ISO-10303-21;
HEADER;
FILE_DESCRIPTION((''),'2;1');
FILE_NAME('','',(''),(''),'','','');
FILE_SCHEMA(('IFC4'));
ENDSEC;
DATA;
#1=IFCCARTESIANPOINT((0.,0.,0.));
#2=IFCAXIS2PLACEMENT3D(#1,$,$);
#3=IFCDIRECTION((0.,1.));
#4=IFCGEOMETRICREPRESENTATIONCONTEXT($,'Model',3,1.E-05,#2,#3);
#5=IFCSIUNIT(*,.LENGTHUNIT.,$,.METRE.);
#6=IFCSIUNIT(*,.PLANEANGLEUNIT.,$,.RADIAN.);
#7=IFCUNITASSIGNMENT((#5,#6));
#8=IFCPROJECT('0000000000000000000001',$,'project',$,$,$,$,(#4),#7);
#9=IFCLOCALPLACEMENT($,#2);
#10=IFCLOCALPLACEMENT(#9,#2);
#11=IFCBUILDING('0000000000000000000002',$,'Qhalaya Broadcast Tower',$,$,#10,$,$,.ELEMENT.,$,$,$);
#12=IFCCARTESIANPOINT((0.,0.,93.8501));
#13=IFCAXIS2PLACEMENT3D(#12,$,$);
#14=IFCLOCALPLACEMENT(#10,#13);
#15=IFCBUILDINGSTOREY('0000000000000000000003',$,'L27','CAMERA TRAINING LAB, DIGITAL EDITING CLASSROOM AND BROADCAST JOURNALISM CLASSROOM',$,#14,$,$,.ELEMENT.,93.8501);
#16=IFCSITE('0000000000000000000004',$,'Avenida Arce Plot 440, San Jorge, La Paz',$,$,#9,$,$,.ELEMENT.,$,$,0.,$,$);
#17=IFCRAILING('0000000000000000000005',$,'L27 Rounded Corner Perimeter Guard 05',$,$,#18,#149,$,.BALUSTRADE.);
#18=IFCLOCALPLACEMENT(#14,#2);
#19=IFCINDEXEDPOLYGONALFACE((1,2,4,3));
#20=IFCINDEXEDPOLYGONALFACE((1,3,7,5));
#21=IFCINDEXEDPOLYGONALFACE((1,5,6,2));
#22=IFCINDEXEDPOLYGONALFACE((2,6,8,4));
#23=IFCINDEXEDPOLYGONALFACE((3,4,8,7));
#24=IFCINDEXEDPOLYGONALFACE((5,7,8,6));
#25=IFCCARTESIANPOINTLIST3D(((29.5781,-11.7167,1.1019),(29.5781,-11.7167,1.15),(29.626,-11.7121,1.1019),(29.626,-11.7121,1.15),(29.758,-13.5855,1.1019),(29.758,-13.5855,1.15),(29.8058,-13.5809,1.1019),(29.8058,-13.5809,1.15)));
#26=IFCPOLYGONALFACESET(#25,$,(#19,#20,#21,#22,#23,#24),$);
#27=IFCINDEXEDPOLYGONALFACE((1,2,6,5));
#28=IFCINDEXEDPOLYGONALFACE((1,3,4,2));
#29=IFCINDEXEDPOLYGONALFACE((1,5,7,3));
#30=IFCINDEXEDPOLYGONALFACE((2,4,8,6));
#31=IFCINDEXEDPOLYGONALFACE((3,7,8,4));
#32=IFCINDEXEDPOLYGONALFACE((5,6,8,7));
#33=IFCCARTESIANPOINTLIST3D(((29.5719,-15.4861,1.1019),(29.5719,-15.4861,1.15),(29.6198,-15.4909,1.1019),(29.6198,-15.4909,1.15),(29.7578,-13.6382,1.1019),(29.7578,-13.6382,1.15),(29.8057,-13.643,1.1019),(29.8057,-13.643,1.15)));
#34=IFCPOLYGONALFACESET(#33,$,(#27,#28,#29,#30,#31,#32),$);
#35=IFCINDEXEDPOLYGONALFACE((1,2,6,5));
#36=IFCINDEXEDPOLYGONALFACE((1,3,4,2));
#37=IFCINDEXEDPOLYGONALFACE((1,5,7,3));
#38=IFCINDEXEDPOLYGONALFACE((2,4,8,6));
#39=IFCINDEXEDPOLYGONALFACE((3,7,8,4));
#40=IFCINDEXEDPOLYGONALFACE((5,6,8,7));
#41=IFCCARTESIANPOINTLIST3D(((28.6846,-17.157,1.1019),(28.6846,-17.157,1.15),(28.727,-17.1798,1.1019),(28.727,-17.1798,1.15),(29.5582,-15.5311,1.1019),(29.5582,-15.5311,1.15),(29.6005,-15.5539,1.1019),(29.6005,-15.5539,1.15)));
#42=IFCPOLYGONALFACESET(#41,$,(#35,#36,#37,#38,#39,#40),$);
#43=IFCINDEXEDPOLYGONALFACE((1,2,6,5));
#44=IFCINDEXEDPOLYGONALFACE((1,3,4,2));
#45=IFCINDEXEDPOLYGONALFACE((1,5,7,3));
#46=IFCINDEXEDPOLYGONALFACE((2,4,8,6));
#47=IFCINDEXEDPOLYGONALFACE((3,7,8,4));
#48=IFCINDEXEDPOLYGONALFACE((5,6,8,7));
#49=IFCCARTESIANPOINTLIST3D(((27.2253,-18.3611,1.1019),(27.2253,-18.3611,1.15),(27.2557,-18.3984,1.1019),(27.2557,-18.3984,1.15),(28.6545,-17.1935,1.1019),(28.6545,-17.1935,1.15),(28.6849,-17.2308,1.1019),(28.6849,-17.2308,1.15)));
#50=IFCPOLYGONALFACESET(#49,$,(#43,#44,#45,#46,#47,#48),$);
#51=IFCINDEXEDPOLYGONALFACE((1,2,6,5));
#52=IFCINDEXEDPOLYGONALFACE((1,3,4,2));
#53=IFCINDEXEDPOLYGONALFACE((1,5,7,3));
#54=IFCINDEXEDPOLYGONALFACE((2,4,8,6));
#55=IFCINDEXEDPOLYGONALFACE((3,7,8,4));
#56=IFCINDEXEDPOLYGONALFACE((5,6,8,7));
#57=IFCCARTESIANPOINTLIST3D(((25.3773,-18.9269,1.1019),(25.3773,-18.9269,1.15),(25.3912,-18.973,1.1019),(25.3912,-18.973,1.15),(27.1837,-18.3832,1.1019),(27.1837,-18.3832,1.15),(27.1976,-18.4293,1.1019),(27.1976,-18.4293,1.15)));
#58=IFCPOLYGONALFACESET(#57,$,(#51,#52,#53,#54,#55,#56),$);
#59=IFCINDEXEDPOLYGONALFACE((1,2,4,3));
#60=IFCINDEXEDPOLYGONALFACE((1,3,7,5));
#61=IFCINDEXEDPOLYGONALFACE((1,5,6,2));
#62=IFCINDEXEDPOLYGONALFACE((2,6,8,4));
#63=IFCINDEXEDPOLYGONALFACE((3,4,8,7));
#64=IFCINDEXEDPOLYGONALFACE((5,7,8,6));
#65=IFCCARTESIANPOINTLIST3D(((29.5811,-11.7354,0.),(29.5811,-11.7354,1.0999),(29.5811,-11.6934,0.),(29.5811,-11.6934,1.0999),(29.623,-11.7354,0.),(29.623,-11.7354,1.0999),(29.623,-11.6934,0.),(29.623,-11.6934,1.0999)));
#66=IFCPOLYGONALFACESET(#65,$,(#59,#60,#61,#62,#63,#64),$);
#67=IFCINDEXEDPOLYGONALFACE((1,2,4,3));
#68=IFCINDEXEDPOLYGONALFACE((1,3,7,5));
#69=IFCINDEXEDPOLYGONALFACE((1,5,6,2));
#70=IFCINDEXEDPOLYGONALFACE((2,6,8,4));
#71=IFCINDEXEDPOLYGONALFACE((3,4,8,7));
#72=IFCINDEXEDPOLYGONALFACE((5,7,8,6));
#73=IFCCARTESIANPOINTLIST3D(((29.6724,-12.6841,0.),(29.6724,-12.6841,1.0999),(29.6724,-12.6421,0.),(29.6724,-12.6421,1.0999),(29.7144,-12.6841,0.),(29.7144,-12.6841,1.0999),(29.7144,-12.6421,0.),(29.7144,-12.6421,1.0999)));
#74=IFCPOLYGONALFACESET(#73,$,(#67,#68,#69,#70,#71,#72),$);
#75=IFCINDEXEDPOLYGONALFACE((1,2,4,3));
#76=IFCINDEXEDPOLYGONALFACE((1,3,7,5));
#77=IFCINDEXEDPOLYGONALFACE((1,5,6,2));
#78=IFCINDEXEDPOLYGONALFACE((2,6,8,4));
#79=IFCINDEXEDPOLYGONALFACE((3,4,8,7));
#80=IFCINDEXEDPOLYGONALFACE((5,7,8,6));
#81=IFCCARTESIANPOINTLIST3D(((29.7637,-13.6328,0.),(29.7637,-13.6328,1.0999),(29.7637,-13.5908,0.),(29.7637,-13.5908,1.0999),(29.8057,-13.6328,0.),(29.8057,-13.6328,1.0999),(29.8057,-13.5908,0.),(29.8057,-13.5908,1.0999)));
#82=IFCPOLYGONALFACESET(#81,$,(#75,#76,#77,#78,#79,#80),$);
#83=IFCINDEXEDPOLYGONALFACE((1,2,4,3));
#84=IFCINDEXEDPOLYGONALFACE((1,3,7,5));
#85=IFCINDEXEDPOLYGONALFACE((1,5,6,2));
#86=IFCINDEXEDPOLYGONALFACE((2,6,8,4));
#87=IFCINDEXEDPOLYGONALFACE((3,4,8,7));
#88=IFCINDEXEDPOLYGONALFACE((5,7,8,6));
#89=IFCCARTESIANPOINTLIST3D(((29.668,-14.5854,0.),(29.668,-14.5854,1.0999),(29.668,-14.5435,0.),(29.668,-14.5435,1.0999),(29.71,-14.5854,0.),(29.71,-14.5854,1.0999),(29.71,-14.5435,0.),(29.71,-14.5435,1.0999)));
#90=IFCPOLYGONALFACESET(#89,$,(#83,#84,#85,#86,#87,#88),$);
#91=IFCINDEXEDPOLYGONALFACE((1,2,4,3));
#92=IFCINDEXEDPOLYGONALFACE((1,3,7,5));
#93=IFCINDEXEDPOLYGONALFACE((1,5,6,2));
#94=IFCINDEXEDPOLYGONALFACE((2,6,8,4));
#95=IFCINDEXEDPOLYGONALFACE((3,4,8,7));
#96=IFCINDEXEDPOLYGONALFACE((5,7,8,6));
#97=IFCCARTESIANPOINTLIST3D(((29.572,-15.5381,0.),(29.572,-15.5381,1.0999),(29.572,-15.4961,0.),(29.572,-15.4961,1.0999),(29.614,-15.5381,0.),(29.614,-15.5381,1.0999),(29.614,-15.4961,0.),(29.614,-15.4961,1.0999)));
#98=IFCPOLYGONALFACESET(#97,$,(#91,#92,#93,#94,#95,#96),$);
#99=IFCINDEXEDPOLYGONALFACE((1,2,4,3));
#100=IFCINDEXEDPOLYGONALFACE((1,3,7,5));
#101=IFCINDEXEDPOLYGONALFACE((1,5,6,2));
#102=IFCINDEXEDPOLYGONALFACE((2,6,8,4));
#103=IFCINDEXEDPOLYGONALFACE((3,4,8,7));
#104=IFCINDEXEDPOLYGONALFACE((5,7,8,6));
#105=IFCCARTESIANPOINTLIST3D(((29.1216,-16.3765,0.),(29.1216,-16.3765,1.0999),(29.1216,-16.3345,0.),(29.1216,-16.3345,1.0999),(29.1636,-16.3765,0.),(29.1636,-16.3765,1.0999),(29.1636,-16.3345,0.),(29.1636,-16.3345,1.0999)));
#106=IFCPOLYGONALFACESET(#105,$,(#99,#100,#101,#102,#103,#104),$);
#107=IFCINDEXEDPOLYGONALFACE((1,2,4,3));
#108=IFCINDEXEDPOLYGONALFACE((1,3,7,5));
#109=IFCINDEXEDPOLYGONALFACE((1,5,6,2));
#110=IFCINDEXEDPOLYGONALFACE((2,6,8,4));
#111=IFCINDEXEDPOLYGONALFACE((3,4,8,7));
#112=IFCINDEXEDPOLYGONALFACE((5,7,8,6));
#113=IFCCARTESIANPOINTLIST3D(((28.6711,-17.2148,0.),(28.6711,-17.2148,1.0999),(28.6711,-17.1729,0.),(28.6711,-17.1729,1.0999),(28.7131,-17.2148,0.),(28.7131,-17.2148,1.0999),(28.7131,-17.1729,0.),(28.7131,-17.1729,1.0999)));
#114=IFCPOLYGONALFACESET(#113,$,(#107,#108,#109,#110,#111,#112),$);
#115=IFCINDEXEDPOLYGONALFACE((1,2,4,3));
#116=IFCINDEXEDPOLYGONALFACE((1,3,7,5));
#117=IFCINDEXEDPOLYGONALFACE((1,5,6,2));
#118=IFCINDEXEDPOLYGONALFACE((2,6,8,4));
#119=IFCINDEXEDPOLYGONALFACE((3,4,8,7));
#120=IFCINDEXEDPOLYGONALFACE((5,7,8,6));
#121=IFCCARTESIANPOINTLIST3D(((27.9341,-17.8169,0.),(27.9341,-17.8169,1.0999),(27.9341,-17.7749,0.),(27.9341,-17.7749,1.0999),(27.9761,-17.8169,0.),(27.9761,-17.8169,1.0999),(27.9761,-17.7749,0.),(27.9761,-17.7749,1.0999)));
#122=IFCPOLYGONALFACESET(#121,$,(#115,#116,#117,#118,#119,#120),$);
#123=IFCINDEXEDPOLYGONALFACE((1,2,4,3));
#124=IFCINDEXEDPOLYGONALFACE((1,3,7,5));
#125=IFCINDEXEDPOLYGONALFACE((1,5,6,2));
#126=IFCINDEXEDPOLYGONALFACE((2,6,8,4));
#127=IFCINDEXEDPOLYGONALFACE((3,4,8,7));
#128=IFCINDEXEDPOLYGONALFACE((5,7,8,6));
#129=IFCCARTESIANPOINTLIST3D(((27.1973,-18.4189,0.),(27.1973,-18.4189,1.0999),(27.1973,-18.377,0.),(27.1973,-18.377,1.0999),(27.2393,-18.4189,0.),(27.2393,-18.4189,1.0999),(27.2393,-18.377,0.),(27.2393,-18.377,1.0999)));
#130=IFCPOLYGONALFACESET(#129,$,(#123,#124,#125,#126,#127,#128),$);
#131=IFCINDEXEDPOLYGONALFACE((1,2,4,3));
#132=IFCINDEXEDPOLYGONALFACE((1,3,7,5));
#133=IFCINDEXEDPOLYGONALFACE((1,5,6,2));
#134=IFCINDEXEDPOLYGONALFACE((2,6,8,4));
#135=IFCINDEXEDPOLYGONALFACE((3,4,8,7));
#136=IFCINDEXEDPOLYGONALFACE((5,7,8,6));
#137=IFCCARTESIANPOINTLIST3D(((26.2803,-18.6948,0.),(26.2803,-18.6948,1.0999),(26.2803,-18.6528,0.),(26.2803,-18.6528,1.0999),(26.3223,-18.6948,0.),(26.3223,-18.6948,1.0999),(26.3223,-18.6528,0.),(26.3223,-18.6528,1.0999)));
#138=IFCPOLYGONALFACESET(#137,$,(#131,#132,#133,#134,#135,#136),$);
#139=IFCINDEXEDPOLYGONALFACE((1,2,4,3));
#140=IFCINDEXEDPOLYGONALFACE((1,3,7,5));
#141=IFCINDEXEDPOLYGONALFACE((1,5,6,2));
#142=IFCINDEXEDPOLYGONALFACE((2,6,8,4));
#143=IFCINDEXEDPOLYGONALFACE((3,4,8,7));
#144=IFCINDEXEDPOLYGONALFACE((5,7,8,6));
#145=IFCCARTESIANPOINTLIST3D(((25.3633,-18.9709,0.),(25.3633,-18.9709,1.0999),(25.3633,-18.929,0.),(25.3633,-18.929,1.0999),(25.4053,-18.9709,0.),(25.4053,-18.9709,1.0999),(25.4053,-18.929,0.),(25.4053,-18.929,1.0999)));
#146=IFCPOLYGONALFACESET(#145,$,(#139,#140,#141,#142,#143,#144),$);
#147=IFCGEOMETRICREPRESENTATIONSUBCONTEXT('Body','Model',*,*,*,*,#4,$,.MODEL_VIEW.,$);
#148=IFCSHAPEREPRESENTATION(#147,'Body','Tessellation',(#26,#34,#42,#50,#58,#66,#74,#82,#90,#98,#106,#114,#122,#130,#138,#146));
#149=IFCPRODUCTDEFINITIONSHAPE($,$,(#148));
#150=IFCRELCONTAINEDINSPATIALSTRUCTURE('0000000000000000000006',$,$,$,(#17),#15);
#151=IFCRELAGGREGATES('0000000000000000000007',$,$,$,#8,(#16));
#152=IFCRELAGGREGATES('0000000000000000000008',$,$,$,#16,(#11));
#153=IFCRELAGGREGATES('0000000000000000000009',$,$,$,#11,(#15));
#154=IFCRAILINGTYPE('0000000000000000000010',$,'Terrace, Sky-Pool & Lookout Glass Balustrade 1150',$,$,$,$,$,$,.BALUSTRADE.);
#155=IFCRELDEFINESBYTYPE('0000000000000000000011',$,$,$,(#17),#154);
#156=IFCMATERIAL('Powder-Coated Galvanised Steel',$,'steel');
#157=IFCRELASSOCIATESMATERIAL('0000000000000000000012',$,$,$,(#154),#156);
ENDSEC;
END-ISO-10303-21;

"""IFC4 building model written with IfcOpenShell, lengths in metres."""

from ifc_helpers import new_model, si_unit, direction, frame, origin, origin_2d, place, context, subcontext, project, spatial, rectangle, extrude, material, type_object, element, save


model = new_model("IFC4")

# Units and contexts
model_context = context("Model", 3, precision=1e-05, world=origin(), true_north=direction((0.0, 1.0)))
body_context = subcontext(model_context, "Body", "Model", "MODEL_VIEW")
ifc_project = project(units=[si_unit("LENGTHUNIT", "METRE"), si_unit("PLANEANGLEUNIT", "RADIAN")], contexts=[model_context])

# Site, building, storey
site_placement = place(None, origin())
site = spatial("IfcSite", under=ifc_project, at=site_placement, Name="Avenida Arce Plot 440, San Jorge, La Paz", CompositionType="ELEMENT", RefElevation=0.0)
building_placement = place(site_placement, origin())
building = spatial("IfcBuilding", under=site, at=building_placement, Name="Qhalaya Broadcast Tower", CompositionType="ELEMENT")
storey_placement = place(building_placement, frame((0.0, 0.0, 93.8501)))
storey = spatial("IfcBuildingStorey", under=building, at=storey_placement, Name="L27", Description="CAMERA TRAINING LAB, DIGITAL EDITING CLASSROOM AND BROADCAST JOURNALISM CLASSROOM", CompositionType="ELEMENT", Elevation=93.8501)

# Railing
ifc_material_1 = material(Name="Powder-Coated Galvanised Steel", Category="steel")
railing_type = type_object("IfcRailingType", Name="Terrace, Sky-Pool & Lookout Glass Balustrade 1150", PredefinedType="BALUSTRADE", material=ifc_material_1)
railing_1_placement = place(storey_placement, frame((29.6021, -11.7144, 0.0)))
element("IfcRailing", 1, at=railing_1_placement, inside=storey, type_object=railing_type, Name="L27 Rounded Corner Perimeter Guard 05", PredefinedType="BALUSTRADE", context=body_context, shape_type="SweptSolid", body=[
    extrude(rectangle(XDim=0.0481, YDim=0.0481, at=origin_2d()), frame((0.0, 0.0, 1.126), z_axis=(0.0958, -0.995401, 0.0), x_axis=(0.995401, 0.0958, 0.0)), (0.0, 0.0, 1.0), 1.8774),
    extrude(rectangle(XDim=0.0481, YDim=0.0481, at=origin_2d()), frame((0.1797, -1.9263, 1.126), z_axis=(-0.100084, -0.994979, 0.0), x_axis=(0.994979, -0.100084, 0.0)), (0.0, 0.0, 1.0), 1.8572),
    extrude(rectangle(XDim=0.0481, YDim=0.0481, at=origin_2d()), frame((-0.0227, -3.8281, 1.126), z_axis=(-0.473289, -0.880907, 0.0), x_axis=(0.880907, -0.473289, 0.0)), (0.0, 0.0, 1.0), 1.8457),
    extrude(rectangle(XDim=0.0481, YDim=0.0481, at=origin_2d()), frame((-0.9324, -5.4978, 1.126), z_axis=(-0.77442, -0.632672, 0.0), x_axis=(0.632672, -0.77442, 0.0)), (0.0, 0.0, 1.0), 1.8455),
    extrude(rectangle(XDim=0.0481, YDim=0.0481, at=origin_2d()), frame((-2.4114, -6.6919, 1.126), z_axis=(-0.957566, -0.288213, 0.0), x_axis=(0.288213, -0.957566, 0.0)), (0.0, 0.0, 1.0), 1.8865),
    extrude(rectangle(XDim=0.042, YDim=0.042, at=origin_2d()), origin(), (0.0, 0.0, 1.0), 1.0999),
    extrude(rectangle(XDim=0.042, YDim=0.042, at=origin_2d()), frame((0.0913, -0.9487, 0.0)), (0.0, 0.0, 1.0), 1.0999),
    extrude(rectangle(XDim=0.042, YDim=0.042, at=origin_2d()), frame((0.1826, -1.8975, 0.0)), (0.0, 0.0, 1.0), 1.0999),
    extrude(rectangle(XDim=0.042, YDim=0.042, at=origin_2d()), frame((0.0869, -2.8501, 0.0)), (0.0, 0.0, 1.0), 1.0999),
    extrude(rectangle(XDim=0.042, YDim=0.042, at=origin_2d()), frame((-0.009, -3.8027, 0.0)), (0.0, 0.0, 1.0), 1.0999),
    extrude(rectangle(XDim=0.042, YDim=0.042, at=origin_2d()), frame((-0.4595, -4.6411, 0.0)), (0.0, 0.0, 1.0), 1.0999),
    extrude(rectangle(XDim=0.042, YDim=0.042, at=origin_2d()), frame((-0.9099, -5.4795, 0.0)), (0.0, 0.0, 1.0), 1.0999),
    extrude(rectangle(XDim=0.042, YDim=0.042, at=origin_2d()), frame((-1.647, -6.0815, 0.0)), (0.0, 0.0, 1.0), 1.0999),
    extrude(rectangle(XDim=0.042, YDim=0.042, at=origin_2d()), frame((-2.3838, -6.6836, 0.0)), (0.0, 0.0, 1.0), 1.0999),
    extrude(rectangle(XDim=0.042, YDim=0.042, at=origin_2d()), frame((-3.3008, -6.9595, 0.0)), (0.0, 0.0, 1.0), 1.0999),
    extrude(rectangle(XDim=0.042, YDim=0.042, at=origin_2d()), frame((-4.2178, -7.2356, 0.0)), (0.0, 0.0, 1.0), 1.0999),
])

save(model, "model.ifc")
